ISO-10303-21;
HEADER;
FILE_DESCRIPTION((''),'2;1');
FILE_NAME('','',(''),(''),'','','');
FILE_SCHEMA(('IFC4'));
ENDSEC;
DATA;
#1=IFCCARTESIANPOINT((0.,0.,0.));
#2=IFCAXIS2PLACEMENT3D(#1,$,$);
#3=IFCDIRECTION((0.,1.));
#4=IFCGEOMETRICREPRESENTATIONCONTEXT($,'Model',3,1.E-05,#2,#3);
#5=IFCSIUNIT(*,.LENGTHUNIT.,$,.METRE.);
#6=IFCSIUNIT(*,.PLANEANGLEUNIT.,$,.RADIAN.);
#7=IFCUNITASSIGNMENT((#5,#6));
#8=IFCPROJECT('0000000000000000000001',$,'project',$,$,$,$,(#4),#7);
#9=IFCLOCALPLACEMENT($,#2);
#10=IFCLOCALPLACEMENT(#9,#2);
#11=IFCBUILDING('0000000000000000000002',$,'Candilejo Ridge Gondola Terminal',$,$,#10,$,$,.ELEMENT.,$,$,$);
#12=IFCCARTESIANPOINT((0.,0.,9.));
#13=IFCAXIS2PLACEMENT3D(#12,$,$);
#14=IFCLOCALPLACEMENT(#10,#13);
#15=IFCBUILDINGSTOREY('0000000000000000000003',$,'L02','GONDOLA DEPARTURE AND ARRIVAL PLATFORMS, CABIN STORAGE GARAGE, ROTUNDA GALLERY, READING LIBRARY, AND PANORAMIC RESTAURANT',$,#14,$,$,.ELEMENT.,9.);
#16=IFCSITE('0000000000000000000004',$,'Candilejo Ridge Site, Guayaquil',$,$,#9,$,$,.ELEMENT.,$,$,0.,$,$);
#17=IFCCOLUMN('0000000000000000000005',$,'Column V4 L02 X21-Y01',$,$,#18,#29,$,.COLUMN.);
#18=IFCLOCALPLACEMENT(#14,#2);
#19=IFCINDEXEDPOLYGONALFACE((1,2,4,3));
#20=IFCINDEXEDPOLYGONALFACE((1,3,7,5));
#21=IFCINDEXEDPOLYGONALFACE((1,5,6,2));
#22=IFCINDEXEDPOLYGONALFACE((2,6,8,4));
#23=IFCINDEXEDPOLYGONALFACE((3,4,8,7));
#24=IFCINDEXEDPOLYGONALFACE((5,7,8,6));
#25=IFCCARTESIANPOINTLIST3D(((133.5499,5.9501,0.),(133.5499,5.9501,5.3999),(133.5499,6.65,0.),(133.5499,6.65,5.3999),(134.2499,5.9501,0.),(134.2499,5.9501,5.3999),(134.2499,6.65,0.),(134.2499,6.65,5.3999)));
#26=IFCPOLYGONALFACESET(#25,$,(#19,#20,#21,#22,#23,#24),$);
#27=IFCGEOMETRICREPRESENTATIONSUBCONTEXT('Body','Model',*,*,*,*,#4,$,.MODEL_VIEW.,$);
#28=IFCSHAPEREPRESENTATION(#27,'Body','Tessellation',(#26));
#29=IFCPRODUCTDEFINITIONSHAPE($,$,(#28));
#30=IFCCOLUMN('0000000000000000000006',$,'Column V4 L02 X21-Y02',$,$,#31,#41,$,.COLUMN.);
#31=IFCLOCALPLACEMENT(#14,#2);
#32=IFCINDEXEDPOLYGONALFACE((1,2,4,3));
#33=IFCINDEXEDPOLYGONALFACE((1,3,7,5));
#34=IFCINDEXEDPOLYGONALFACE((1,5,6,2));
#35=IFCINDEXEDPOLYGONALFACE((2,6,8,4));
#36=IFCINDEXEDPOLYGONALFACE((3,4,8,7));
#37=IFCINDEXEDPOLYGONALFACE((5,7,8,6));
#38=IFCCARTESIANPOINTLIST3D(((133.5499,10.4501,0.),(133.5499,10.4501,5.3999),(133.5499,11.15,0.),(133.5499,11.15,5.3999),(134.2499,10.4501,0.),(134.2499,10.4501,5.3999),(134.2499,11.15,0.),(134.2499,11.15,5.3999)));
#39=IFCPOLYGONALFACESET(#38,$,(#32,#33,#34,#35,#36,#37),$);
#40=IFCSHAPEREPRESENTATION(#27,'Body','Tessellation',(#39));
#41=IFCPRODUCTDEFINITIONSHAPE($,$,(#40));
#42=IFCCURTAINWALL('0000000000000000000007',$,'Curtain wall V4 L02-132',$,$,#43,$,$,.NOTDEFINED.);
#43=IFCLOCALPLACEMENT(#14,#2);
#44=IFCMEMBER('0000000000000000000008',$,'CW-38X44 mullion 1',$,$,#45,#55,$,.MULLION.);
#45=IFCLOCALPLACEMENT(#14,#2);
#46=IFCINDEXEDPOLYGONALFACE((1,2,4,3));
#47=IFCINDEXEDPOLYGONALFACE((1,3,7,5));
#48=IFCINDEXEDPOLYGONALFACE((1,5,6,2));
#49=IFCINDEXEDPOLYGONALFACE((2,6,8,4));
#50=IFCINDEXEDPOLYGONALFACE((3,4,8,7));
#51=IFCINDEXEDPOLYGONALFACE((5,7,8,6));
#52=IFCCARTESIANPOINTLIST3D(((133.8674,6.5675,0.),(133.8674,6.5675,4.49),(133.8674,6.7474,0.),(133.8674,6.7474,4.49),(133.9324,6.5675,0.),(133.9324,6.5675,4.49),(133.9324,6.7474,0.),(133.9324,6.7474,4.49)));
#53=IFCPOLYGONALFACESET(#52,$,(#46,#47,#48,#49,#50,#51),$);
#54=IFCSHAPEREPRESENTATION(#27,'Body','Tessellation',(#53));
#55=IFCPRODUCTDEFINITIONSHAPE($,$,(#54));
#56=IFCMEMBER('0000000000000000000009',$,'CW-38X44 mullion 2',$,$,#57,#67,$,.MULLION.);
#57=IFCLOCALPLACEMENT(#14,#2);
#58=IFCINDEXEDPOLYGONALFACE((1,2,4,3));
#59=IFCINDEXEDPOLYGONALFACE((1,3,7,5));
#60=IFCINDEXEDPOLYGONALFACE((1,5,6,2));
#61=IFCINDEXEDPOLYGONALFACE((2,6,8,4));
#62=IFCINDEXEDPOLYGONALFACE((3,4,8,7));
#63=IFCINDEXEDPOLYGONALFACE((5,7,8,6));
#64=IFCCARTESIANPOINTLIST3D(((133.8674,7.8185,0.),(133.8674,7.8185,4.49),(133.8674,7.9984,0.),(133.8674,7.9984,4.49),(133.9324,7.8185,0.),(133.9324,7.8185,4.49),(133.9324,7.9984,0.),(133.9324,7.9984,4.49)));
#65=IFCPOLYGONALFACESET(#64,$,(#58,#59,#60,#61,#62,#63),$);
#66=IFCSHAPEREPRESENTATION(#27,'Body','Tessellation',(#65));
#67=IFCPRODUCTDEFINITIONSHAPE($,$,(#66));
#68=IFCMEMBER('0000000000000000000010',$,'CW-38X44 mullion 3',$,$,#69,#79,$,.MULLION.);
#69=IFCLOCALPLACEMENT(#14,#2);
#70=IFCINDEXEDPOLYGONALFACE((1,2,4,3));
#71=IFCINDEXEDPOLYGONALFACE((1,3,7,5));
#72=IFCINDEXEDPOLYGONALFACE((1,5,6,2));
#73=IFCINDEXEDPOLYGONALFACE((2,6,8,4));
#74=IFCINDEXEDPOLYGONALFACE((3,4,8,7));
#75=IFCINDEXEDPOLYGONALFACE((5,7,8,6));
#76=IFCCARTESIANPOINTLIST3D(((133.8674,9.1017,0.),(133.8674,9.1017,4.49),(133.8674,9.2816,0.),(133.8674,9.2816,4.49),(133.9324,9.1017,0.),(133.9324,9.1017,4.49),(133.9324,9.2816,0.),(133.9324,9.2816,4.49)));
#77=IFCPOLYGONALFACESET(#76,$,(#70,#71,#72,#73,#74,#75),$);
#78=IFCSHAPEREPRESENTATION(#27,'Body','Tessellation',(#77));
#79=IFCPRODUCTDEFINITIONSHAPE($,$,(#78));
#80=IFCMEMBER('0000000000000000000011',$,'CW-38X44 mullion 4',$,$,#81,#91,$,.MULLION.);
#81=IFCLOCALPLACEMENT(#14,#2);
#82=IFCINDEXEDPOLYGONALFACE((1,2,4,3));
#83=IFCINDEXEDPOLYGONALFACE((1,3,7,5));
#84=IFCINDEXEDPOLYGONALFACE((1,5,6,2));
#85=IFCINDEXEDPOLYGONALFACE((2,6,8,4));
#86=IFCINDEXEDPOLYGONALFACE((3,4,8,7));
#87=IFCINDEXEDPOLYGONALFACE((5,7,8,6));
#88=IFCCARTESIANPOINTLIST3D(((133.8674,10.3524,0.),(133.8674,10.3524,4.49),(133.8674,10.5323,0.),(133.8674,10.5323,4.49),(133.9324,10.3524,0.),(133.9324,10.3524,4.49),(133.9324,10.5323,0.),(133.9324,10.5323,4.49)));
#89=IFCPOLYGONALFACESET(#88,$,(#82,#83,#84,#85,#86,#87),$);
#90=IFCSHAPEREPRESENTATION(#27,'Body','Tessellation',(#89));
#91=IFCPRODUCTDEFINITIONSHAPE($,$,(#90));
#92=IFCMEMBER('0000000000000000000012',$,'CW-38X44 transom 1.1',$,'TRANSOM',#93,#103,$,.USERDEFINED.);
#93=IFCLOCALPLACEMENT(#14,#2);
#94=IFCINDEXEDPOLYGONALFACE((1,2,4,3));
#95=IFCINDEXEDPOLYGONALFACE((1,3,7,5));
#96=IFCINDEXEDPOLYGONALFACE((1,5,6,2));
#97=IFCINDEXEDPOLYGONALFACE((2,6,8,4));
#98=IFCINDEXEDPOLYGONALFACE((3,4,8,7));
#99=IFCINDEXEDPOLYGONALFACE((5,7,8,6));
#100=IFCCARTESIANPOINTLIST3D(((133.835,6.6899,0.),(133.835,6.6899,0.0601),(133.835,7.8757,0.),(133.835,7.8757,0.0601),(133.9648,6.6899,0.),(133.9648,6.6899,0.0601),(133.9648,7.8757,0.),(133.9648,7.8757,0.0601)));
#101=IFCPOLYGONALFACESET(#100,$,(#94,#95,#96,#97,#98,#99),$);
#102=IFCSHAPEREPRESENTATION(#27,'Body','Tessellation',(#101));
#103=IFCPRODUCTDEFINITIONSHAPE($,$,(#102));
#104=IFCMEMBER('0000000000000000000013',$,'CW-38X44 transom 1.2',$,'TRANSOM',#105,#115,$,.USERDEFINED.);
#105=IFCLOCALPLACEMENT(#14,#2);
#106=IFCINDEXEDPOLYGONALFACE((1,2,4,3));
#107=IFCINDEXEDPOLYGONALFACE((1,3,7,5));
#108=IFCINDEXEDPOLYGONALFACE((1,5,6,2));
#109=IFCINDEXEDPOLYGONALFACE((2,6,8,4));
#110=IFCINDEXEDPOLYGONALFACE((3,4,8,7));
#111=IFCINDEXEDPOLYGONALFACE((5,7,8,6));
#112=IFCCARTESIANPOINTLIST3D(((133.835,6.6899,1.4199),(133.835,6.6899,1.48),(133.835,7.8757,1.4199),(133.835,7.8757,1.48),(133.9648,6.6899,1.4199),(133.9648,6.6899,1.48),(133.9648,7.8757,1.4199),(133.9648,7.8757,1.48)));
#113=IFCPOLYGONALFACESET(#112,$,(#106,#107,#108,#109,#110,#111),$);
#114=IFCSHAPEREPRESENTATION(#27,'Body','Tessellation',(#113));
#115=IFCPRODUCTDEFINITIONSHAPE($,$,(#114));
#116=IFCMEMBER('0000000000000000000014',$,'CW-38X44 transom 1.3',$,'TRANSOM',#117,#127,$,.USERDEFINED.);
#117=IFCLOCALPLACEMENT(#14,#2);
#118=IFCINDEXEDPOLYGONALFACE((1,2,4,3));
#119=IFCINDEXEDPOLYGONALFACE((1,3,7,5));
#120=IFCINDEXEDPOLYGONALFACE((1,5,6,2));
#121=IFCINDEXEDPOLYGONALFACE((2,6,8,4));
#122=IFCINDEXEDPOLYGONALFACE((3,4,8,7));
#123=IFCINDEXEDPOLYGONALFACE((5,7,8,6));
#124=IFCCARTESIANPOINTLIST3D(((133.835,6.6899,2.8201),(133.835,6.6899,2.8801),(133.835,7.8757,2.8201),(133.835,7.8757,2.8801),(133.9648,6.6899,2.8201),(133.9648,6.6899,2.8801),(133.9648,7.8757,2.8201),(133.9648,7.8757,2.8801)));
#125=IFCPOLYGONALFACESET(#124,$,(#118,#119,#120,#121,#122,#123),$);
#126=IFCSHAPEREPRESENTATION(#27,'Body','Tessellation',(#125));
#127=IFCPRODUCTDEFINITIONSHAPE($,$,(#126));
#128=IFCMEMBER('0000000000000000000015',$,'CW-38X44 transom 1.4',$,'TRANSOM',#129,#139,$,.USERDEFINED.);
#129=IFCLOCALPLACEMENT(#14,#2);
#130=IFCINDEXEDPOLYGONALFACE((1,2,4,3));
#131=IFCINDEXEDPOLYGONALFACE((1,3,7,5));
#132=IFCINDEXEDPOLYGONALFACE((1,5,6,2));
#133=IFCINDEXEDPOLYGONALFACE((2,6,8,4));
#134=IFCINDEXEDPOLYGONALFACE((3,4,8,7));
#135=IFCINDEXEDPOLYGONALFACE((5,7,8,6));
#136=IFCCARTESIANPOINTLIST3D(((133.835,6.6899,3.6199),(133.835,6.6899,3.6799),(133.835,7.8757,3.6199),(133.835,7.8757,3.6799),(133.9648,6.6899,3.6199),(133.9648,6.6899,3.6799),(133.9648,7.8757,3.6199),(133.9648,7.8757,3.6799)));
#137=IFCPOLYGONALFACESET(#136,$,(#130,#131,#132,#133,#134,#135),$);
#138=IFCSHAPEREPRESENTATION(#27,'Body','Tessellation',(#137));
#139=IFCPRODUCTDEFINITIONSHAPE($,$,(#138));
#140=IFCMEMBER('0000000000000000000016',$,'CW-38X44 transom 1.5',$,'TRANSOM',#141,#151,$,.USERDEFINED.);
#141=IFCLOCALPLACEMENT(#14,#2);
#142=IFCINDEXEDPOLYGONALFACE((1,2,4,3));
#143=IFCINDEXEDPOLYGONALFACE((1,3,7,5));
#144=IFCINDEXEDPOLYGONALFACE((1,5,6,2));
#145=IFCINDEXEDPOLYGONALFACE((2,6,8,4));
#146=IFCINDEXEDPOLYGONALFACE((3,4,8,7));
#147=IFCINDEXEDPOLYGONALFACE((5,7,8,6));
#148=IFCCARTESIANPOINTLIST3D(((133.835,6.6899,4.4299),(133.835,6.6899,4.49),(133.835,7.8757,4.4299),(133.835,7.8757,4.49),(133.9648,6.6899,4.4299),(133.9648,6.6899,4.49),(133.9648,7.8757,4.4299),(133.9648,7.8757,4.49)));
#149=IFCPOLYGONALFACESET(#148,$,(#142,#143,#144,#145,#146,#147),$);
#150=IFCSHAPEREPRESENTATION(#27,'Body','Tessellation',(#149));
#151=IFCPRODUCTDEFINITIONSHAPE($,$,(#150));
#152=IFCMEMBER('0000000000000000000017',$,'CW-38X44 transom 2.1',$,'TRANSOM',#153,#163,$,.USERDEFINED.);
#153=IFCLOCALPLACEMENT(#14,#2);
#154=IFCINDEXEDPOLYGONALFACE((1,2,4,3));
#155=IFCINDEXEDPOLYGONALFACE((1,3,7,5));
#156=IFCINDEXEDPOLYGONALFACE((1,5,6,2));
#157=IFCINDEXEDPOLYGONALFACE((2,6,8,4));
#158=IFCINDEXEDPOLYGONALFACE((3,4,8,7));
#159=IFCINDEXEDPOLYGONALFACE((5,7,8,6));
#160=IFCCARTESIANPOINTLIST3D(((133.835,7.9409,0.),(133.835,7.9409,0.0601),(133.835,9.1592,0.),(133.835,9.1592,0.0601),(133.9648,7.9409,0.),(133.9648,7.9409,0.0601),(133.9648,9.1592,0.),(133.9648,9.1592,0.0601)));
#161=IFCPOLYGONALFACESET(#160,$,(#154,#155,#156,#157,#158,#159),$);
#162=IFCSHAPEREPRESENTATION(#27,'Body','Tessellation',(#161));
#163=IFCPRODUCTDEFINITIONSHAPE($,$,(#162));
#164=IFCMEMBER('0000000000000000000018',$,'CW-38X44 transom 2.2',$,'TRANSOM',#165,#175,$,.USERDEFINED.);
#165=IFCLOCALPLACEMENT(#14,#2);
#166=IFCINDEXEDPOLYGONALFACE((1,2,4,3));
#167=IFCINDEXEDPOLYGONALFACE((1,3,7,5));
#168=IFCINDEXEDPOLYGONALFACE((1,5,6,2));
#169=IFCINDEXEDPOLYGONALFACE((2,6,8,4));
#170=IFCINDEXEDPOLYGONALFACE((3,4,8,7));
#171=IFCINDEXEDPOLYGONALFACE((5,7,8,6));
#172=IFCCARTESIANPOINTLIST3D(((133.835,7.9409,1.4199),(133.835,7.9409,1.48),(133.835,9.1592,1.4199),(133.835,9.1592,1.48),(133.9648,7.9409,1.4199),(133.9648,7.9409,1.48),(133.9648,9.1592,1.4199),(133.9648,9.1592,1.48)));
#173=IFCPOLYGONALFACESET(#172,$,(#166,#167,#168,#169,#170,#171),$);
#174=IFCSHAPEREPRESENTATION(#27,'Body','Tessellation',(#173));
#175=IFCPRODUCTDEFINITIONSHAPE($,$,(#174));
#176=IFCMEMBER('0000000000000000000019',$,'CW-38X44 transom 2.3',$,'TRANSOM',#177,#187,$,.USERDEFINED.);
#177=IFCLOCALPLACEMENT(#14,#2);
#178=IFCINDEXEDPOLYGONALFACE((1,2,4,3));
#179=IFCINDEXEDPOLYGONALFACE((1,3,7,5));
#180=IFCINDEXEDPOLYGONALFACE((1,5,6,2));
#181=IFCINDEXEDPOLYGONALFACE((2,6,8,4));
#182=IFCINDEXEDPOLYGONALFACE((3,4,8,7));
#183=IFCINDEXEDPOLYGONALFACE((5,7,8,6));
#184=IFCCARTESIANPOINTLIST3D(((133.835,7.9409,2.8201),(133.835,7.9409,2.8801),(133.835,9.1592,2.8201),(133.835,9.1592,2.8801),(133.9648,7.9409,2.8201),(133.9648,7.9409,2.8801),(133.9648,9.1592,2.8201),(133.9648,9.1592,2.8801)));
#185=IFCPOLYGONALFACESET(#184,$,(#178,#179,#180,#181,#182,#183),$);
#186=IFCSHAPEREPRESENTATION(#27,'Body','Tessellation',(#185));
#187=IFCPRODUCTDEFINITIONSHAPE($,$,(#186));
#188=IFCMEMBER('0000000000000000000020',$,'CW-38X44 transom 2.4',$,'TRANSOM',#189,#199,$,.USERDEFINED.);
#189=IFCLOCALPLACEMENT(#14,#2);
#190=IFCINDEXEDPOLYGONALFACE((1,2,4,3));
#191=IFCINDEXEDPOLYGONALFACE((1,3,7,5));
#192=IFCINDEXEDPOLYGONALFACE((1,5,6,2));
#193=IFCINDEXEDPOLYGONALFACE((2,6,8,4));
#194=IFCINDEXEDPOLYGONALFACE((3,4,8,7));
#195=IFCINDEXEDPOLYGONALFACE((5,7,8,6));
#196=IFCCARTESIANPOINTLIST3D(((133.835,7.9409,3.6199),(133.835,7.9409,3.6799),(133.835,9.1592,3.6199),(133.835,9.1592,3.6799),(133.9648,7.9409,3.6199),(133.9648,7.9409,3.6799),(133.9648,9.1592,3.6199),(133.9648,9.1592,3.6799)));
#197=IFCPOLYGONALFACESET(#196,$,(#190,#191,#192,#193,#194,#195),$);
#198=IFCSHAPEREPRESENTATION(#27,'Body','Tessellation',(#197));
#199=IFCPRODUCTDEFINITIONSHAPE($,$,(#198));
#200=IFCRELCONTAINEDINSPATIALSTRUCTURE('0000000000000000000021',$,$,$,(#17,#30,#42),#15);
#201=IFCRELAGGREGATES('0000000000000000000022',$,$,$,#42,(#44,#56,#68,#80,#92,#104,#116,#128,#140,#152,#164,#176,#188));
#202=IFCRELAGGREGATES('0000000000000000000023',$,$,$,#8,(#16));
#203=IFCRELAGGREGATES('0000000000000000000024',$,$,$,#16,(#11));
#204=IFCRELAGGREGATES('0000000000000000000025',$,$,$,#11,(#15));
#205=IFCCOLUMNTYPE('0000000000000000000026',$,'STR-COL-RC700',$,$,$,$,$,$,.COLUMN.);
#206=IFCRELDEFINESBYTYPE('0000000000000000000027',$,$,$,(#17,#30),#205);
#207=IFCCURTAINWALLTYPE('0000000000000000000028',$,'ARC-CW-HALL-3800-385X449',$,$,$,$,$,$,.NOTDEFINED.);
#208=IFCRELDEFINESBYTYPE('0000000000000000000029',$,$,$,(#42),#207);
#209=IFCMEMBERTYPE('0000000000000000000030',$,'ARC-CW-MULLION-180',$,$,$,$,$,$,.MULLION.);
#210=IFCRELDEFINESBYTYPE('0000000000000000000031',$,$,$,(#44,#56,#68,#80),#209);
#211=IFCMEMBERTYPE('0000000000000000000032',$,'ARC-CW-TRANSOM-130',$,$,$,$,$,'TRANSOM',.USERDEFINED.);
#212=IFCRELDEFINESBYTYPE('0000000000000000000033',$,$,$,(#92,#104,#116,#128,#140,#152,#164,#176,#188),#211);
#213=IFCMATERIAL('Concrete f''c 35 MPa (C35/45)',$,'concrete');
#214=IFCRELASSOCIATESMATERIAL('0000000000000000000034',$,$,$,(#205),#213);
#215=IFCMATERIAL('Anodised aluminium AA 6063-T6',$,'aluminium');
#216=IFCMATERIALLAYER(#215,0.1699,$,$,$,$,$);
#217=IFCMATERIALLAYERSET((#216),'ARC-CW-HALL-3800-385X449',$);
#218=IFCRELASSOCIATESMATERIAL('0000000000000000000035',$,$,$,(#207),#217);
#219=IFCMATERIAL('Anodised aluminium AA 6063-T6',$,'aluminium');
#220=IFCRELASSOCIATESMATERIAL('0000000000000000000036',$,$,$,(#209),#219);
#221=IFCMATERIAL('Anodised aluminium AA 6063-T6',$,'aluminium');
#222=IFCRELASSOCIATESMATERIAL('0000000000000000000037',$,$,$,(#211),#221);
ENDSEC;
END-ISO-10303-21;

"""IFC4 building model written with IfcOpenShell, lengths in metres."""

from ifc_helpers import new_model, si_unit, direction, frame, origin, origin_2d, place, context, subcontext, project, spatial, rectangle, extrude, material, layer, layer_set, material_profile, profile_set, type_object, element, aggregate, save


model = new_model("IFC4")

# Units and contexts
model_context = context("Model", 3, precision=1e-05, world=origin(), true_north=direction((0.0, 1.0)))
body_context = subcontext(model_context, "Body", "Model", "MODEL_VIEW")
ifc_project = project(units=[si_unit("LENGTHUNIT", "METRE"), si_unit("PLANEANGLEUNIT", "RADIAN")], contexts=[model_context])

# Site, building, storey
site_placement = place(None, origin())
site = spatial("IfcSite", under=ifc_project, at=site_placement, Name="Candilejo Ridge Site, Guayaquil", CompositionType="ELEMENT", RefElevation=0.0)
building_placement = place(site_placement, origin())
building = spatial("IfcBuilding", under=site, at=building_placement, Name="Candilejo Ridge Gondola Terminal", CompositionType="ELEMENT")
storey_placement = place(building_placement, frame((0.0, 0.0, 9.0)))
storey = spatial("IfcBuildingStorey", under=building, at=storey_placement, Name="L02", Description="GONDOLA DEPARTURE AND ARRIVAL PLATFORMS, CABIN STORAGE GARAGE, ROTUNDA GALLERY, READING LIBRARY, AND PANORAMIC RESTAURANT", CompositionType="ELEMENT", Elevation=9.0)

# Columns
ifc_material_1 = material(Name="Concrete f'c 35 MPa (C35/45)", Category="concrete")
ifc_material_profile_1 = material_profile(ifc_material_1, rectangle(XDim=0.7, YDim=0.7, at=origin_2d()))
ifc_profile_set_1 = profile_set([ifc_material_profile_1], Name="Concrete f'c 35 MPa (C35/45)")
column_type = type_object("IfcColumnType", Name="STR-COL-RC700", PredefinedType="COLUMN", material=ifc_profile_set_1)
for number, where, z_axis, x_axis, name in (
    (1, (133.8999, 6.3, 0.0), (0.0, 0.0, 1.0), (1.0, 0.0, 0.0), "Column V4 L02 X21-Y01"),
    (2, (133.8999, 10.8, 0.0), (0.0, 0.0, 1.0), (1.0, 0.0, 0.0), "Column V4 L02 X21-Y02"),
):
    element("IfcColumn", number, at=place(storey_placement, frame(where, z_axis=z_axis, x_axis=x_axis)), inside=storey, type_object=column_type, Name=name, PredefinedType="COLUMN", context=body_context, shape_type="SweptSolid", body=[
        extrude(rectangle(XDim=0.7, YDim=0.7, at=origin_2d()), origin(), (0.0, 0.0, 1.0), 5.3999),
    ])

# Curtain wall, members
ifc_material_2 = material(Name="Anodised aluminium AA 6063-T6", Category="aluminium")
ifc_layer_1 = layer(ifc_material_2, 0.1699)
ifc_layer_set_1 = layer_set([ifc_layer_1], Name="ARC-CW-HALL-3800-385X449")
curtain_wall_type = type_object("IfcCurtainWallType", Name="ARC-CW-HALL-3800-385X449", PredefinedType="NOTDEFINED", material=ifc_layer_set_1)
curtain_wall_placement = place(storey_placement, origin())
curtain_wall = element("IfcCurtainWall", 3, at=curtain_wall_placement, inside=storey, type_object=curtain_wall_type, Name="Curtain wall V4 L02-132", PredefinedType="NOTDEFINED")
ifc_material_3 = material(Name="Anodised aluminium AA 6063-T6", Category="aluminium")
ifc_material_profile_2 = material_profile(ifc_material_3, rectangle(XDim=0.0649, YDim=0.1799, at=origin_2d()))
ifc_profile_set_2 = profile_set([ifc_material_profile_2], Name="Anodised aluminium AA 6063-T6")
member_type_1 = type_object("IfcMemberType", Name="ARC-CW-MULLION-180", PredefinedType="MULLION", material=ifc_profile_set_2)
member_1_placement = place(storey_placement, frame((133.8999, 6.6575, 0.0), z_axis=(0.0, 0.0, 1.0), x_axis=(-1.0, 0.0, 0.0)))
member_1 = element("IfcMember", 4, at=member_1_placement, type_object=member_type_1, Name="CW-38X44 mullion 1", PredefinedType="MULLION", context=body_context, shape_type="SweptSolid", body=[
    extrude(rectangle(XDim=0.0649, YDim=0.1799, at=origin_2d()), origin(), (0.0, 0.0, 1.0), 4.49),
])
member_2_placement = place(storey_placement, frame((133.8999, 7.9084, 0.0), z_axis=(0.0, 0.0, 1.0), x_axis=(-1.0, 0.0, 0.0)))
member_2 = element("IfcMember", 5, at=member_2_placement, type_object=member_type_1, Name="CW-38X44 mullion 2", PredefinedType="MULLION", context=body_context, shape_type="SweptSolid", body=[
    extrude(rectangle(XDim=0.0649, YDim=0.1799, at=origin_2d()), origin(), (0.0, 0.0, 1.0), 4.49),
])
member_3_placement = place(storey_placement, frame((133.8999, 9.1917, 0.0), z_axis=(0.0, 0.0, 1.0), x_axis=(-1.0, 0.0, 0.0)))
member_3 = element("IfcMember", 6, at=member_3_placement, type_object=member_type_1, Name="CW-38X44 mullion 3", PredefinedType="MULLION", context=body_context, shape_type="SweptSolid", body=[
    extrude(rectangle(XDim=0.0649, YDim=0.1799, at=origin_2d()), origin(), (0.0, 0.0, 1.0), 4.49),
])
member_4_placement = place(storey_placement, frame((133.8999, 10.4424, 0.0), z_axis=(0.0, 0.0, 1.0), x_axis=(-1.0, 0.0, 0.0)))
member_4 = element("IfcMember", 7, at=member_4_placement, type_object=member_type_1, Name="CW-38X44 mullion 4", PredefinedType="MULLION", context=body_context, shape_type="SweptSolid", body=[
    extrude(rectangle(XDim=0.0649, YDim=0.1799, at=origin_2d()), origin(), (0.0, 0.0, 1.0), 4.49),
])
ifc_material_4 = material(Name="Anodised aluminium AA 6063-T6", Category="aluminium")
ifc_material_profile_3 = material_profile(ifc_material_4, rectangle(XDim=0.1299, YDim=0.0601, at=origin_2d()))
ifc_profile_set_3 = profile_set([ifc_material_profile_3], Name="Anodised aluminium AA 6063-T6")
member_type_2 = type_object("IfcMemberType", Name="ARC-CW-TRANSOM-130", ElementType="TRANSOM", PredefinedType="USERDEFINED", material=ifc_profile_set_3)
member_5_placement = place(storey_placement, frame((133.8999, 6.6899, 0.03), z_axis=(0.0, 1.0, 0.0), x_axis=(-1.0, 0.0, 0.0)))
member_5 = element("IfcMember", 8, at=member_5_placement, type_object=member_type_2, Name="CW-38X44 transom 1.1", ObjectType="TRANSOM", PredefinedType="USERDEFINED", context=body_context, shape_type="SweptSolid", body=[
    extrude(rectangle(XDim=0.1299, YDim=0.0601, at=origin_2d()), origin(), (0.0, 0.0, 1.0), 1.1858),
])
member_6_placement = place(storey_placement, frame((133.8999, 6.6899, 1.45), z_axis=(0.0, 1.0, 0.0), x_axis=(-1.0, 0.0, 0.0)))
member_6 = element("IfcMember", 9, at=member_6_placement, type_object=member_type_2, Name="CW-38X44 transom 1.2", ObjectType="TRANSOM", PredefinedType="USERDEFINED", context=body_context, shape_type="SweptSolid", body=[
    extrude(rectangle(XDim=0.1299, YDim=0.0601, at=origin_2d()), origin(), (0.0, 0.0, 1.0), 1.1858),
])
member_7_placement = place(storey_placement, frame((133.8999, 6.6899, 2.8501), z_axis=(0.0, 1.0, 0.0), x_axis=(-1.0, 0.0, 0.0)))
member_7 = element("IfcMember", 10, at=member_7_placement, type_object=member_type_2, Name="CW-38X44 transom 1.3", ObjectType="TRANSOM", PredefinedType="USERDEFINED", context=body_context, shape_type="SweptSolid", body=[
    extrude(rectangle(XDim=0.1299, YDim=0.0601, at=origin_2d()), origin(), (0.0, 0.0, 1.0), 1.1858),
])
member_8_placement = place(storey_placement, frame((133.8999, 6.6899, 3.6499), z_axis=(0.0, 1.0, 0.0), x_axis=(-1.0, 0.0, 0.0)))
member_8 = element("IfcMember", 11, at=member_8_placement, type_object=member_type_2, Name="CW-38X44 transom 1.4", ObjectType="TRANSOM", PredefinedType="USERDEFINED", context=body_context, shape_type="SweptSolid", body=[
    extrude(rectangle(XDim=0.1299, YDim=0.0601, at=origin_2d()), origin(), (0.0, 0.0, 1.0), 1.1858),
])
member_9_placement = place(storey_placement, frame((133.8999, 6.6899, 4.46), z_axis=(0.0, 1.0, 0.0), x_axis=(-1.0, 0.0, 0.0)))
member_9 = element("IfcMember", 12, at=member_9_placement, type_object=member_type_2, Name="CW-38X44 transom 1.5", ObjectType="TRANSOM", PredefinedType="USERDEFINED", context=body_context, shape_type="SweptSolid", body=[
    extrude(rectangle(XDim=0.1299, YDim=0.0601, at=origin_2d()), origin(), (0.0, 0.0, 1.0), 1.1858),
])
member_10_placement = place(storey_placement, frame((133.8999, 7.9409, 0.03), z_axis=(0.0, 1.0, 0.0), x_axis=(-1.0, 0.0, 0.0)))
member_10 = element("IfcMember", 13, at=member_10_placement, type_object=member_type_2, Name="CW-38X44 transom 2.1", ObjectType="TRANSOM", PredefinedType="USERDEFINED", context=body_context, shape_type="SweptSolid", body=[
    extrude(rectangle(XDim=0.1299, YDim=0.0601, at=origin_2d()), origin(), (0.0, 0.0, 1.0), 1.2183),
])
member_11_placement = place(storey_placement, frame((133.8999, 7.9409, 1.45), z_axis=(0.0, 1.0, 0.0), x_axis=(-1.0, 0.0, 0.0)))
member_11 = element("IfcMember", 14, at=member_11_placement, type_object=member_type_2, Name="CW-38X44 transom 2.2", ObjectType="TRANSOM", PredefinedType="USERDEFINED", context=body_context, shape_type="SweptSolid", body=[
    extrude(rectangle(XDim=0.1299, YDim=0.0601, at=origin_2d()), origin(), (0.0, 0.0, 1.0), 1.2183),
])
member_12_placement = place(storey_placement, frame((133.8999, 7.9409, 2.8501), z_axis=(0.0, 1.0, 0.0), x_axis=(-1.0, 0.0, 0.0)))
member_12 = element("IfcMember", 15, at=member_12_placement, type_object=member_type_2, Name="CW-38X44 transom 2.3", ObjectType="TRANSOM", PredefinedType="USERDEFINED", context=body_context, shape_type="SweptSolid", body=[
    extrude(rectangle(XDim=0.1299, YDim=0.0601, at=origin_2d()), origin(), (0.0, 0.0, 1.0), 1.2183),
])
member_13_placement = place(storey_placement, frame((133.8999, 7.9409, 3.6499), z_axis=(0.0, 1.0, 0.0), x_axis=(-1.0, 0.0, 0.0)))
member_13 = element("IfcMember", 16, at=member_13_placement, type_object=member_type_2, Name="CW-38X44 transom 2.4", ObjectType="TRANSOM", PredefinedType="USERDEFINED", context=body_context, shape_type="SweptSolid", body=[
    extrude(rectangle(XDim=0.1299, YDim=0.0601, at=origin_2d()), origin(), (0.0, 0.0, 1.0), 1.2183),
])

aggregate(curtain_wall, [member_1, member_2, member_3, member_4, member_5, member_6, member_7, member_8, member_9, member_10, member_11, member_12, member_13])

save(model, "model.ifc")
